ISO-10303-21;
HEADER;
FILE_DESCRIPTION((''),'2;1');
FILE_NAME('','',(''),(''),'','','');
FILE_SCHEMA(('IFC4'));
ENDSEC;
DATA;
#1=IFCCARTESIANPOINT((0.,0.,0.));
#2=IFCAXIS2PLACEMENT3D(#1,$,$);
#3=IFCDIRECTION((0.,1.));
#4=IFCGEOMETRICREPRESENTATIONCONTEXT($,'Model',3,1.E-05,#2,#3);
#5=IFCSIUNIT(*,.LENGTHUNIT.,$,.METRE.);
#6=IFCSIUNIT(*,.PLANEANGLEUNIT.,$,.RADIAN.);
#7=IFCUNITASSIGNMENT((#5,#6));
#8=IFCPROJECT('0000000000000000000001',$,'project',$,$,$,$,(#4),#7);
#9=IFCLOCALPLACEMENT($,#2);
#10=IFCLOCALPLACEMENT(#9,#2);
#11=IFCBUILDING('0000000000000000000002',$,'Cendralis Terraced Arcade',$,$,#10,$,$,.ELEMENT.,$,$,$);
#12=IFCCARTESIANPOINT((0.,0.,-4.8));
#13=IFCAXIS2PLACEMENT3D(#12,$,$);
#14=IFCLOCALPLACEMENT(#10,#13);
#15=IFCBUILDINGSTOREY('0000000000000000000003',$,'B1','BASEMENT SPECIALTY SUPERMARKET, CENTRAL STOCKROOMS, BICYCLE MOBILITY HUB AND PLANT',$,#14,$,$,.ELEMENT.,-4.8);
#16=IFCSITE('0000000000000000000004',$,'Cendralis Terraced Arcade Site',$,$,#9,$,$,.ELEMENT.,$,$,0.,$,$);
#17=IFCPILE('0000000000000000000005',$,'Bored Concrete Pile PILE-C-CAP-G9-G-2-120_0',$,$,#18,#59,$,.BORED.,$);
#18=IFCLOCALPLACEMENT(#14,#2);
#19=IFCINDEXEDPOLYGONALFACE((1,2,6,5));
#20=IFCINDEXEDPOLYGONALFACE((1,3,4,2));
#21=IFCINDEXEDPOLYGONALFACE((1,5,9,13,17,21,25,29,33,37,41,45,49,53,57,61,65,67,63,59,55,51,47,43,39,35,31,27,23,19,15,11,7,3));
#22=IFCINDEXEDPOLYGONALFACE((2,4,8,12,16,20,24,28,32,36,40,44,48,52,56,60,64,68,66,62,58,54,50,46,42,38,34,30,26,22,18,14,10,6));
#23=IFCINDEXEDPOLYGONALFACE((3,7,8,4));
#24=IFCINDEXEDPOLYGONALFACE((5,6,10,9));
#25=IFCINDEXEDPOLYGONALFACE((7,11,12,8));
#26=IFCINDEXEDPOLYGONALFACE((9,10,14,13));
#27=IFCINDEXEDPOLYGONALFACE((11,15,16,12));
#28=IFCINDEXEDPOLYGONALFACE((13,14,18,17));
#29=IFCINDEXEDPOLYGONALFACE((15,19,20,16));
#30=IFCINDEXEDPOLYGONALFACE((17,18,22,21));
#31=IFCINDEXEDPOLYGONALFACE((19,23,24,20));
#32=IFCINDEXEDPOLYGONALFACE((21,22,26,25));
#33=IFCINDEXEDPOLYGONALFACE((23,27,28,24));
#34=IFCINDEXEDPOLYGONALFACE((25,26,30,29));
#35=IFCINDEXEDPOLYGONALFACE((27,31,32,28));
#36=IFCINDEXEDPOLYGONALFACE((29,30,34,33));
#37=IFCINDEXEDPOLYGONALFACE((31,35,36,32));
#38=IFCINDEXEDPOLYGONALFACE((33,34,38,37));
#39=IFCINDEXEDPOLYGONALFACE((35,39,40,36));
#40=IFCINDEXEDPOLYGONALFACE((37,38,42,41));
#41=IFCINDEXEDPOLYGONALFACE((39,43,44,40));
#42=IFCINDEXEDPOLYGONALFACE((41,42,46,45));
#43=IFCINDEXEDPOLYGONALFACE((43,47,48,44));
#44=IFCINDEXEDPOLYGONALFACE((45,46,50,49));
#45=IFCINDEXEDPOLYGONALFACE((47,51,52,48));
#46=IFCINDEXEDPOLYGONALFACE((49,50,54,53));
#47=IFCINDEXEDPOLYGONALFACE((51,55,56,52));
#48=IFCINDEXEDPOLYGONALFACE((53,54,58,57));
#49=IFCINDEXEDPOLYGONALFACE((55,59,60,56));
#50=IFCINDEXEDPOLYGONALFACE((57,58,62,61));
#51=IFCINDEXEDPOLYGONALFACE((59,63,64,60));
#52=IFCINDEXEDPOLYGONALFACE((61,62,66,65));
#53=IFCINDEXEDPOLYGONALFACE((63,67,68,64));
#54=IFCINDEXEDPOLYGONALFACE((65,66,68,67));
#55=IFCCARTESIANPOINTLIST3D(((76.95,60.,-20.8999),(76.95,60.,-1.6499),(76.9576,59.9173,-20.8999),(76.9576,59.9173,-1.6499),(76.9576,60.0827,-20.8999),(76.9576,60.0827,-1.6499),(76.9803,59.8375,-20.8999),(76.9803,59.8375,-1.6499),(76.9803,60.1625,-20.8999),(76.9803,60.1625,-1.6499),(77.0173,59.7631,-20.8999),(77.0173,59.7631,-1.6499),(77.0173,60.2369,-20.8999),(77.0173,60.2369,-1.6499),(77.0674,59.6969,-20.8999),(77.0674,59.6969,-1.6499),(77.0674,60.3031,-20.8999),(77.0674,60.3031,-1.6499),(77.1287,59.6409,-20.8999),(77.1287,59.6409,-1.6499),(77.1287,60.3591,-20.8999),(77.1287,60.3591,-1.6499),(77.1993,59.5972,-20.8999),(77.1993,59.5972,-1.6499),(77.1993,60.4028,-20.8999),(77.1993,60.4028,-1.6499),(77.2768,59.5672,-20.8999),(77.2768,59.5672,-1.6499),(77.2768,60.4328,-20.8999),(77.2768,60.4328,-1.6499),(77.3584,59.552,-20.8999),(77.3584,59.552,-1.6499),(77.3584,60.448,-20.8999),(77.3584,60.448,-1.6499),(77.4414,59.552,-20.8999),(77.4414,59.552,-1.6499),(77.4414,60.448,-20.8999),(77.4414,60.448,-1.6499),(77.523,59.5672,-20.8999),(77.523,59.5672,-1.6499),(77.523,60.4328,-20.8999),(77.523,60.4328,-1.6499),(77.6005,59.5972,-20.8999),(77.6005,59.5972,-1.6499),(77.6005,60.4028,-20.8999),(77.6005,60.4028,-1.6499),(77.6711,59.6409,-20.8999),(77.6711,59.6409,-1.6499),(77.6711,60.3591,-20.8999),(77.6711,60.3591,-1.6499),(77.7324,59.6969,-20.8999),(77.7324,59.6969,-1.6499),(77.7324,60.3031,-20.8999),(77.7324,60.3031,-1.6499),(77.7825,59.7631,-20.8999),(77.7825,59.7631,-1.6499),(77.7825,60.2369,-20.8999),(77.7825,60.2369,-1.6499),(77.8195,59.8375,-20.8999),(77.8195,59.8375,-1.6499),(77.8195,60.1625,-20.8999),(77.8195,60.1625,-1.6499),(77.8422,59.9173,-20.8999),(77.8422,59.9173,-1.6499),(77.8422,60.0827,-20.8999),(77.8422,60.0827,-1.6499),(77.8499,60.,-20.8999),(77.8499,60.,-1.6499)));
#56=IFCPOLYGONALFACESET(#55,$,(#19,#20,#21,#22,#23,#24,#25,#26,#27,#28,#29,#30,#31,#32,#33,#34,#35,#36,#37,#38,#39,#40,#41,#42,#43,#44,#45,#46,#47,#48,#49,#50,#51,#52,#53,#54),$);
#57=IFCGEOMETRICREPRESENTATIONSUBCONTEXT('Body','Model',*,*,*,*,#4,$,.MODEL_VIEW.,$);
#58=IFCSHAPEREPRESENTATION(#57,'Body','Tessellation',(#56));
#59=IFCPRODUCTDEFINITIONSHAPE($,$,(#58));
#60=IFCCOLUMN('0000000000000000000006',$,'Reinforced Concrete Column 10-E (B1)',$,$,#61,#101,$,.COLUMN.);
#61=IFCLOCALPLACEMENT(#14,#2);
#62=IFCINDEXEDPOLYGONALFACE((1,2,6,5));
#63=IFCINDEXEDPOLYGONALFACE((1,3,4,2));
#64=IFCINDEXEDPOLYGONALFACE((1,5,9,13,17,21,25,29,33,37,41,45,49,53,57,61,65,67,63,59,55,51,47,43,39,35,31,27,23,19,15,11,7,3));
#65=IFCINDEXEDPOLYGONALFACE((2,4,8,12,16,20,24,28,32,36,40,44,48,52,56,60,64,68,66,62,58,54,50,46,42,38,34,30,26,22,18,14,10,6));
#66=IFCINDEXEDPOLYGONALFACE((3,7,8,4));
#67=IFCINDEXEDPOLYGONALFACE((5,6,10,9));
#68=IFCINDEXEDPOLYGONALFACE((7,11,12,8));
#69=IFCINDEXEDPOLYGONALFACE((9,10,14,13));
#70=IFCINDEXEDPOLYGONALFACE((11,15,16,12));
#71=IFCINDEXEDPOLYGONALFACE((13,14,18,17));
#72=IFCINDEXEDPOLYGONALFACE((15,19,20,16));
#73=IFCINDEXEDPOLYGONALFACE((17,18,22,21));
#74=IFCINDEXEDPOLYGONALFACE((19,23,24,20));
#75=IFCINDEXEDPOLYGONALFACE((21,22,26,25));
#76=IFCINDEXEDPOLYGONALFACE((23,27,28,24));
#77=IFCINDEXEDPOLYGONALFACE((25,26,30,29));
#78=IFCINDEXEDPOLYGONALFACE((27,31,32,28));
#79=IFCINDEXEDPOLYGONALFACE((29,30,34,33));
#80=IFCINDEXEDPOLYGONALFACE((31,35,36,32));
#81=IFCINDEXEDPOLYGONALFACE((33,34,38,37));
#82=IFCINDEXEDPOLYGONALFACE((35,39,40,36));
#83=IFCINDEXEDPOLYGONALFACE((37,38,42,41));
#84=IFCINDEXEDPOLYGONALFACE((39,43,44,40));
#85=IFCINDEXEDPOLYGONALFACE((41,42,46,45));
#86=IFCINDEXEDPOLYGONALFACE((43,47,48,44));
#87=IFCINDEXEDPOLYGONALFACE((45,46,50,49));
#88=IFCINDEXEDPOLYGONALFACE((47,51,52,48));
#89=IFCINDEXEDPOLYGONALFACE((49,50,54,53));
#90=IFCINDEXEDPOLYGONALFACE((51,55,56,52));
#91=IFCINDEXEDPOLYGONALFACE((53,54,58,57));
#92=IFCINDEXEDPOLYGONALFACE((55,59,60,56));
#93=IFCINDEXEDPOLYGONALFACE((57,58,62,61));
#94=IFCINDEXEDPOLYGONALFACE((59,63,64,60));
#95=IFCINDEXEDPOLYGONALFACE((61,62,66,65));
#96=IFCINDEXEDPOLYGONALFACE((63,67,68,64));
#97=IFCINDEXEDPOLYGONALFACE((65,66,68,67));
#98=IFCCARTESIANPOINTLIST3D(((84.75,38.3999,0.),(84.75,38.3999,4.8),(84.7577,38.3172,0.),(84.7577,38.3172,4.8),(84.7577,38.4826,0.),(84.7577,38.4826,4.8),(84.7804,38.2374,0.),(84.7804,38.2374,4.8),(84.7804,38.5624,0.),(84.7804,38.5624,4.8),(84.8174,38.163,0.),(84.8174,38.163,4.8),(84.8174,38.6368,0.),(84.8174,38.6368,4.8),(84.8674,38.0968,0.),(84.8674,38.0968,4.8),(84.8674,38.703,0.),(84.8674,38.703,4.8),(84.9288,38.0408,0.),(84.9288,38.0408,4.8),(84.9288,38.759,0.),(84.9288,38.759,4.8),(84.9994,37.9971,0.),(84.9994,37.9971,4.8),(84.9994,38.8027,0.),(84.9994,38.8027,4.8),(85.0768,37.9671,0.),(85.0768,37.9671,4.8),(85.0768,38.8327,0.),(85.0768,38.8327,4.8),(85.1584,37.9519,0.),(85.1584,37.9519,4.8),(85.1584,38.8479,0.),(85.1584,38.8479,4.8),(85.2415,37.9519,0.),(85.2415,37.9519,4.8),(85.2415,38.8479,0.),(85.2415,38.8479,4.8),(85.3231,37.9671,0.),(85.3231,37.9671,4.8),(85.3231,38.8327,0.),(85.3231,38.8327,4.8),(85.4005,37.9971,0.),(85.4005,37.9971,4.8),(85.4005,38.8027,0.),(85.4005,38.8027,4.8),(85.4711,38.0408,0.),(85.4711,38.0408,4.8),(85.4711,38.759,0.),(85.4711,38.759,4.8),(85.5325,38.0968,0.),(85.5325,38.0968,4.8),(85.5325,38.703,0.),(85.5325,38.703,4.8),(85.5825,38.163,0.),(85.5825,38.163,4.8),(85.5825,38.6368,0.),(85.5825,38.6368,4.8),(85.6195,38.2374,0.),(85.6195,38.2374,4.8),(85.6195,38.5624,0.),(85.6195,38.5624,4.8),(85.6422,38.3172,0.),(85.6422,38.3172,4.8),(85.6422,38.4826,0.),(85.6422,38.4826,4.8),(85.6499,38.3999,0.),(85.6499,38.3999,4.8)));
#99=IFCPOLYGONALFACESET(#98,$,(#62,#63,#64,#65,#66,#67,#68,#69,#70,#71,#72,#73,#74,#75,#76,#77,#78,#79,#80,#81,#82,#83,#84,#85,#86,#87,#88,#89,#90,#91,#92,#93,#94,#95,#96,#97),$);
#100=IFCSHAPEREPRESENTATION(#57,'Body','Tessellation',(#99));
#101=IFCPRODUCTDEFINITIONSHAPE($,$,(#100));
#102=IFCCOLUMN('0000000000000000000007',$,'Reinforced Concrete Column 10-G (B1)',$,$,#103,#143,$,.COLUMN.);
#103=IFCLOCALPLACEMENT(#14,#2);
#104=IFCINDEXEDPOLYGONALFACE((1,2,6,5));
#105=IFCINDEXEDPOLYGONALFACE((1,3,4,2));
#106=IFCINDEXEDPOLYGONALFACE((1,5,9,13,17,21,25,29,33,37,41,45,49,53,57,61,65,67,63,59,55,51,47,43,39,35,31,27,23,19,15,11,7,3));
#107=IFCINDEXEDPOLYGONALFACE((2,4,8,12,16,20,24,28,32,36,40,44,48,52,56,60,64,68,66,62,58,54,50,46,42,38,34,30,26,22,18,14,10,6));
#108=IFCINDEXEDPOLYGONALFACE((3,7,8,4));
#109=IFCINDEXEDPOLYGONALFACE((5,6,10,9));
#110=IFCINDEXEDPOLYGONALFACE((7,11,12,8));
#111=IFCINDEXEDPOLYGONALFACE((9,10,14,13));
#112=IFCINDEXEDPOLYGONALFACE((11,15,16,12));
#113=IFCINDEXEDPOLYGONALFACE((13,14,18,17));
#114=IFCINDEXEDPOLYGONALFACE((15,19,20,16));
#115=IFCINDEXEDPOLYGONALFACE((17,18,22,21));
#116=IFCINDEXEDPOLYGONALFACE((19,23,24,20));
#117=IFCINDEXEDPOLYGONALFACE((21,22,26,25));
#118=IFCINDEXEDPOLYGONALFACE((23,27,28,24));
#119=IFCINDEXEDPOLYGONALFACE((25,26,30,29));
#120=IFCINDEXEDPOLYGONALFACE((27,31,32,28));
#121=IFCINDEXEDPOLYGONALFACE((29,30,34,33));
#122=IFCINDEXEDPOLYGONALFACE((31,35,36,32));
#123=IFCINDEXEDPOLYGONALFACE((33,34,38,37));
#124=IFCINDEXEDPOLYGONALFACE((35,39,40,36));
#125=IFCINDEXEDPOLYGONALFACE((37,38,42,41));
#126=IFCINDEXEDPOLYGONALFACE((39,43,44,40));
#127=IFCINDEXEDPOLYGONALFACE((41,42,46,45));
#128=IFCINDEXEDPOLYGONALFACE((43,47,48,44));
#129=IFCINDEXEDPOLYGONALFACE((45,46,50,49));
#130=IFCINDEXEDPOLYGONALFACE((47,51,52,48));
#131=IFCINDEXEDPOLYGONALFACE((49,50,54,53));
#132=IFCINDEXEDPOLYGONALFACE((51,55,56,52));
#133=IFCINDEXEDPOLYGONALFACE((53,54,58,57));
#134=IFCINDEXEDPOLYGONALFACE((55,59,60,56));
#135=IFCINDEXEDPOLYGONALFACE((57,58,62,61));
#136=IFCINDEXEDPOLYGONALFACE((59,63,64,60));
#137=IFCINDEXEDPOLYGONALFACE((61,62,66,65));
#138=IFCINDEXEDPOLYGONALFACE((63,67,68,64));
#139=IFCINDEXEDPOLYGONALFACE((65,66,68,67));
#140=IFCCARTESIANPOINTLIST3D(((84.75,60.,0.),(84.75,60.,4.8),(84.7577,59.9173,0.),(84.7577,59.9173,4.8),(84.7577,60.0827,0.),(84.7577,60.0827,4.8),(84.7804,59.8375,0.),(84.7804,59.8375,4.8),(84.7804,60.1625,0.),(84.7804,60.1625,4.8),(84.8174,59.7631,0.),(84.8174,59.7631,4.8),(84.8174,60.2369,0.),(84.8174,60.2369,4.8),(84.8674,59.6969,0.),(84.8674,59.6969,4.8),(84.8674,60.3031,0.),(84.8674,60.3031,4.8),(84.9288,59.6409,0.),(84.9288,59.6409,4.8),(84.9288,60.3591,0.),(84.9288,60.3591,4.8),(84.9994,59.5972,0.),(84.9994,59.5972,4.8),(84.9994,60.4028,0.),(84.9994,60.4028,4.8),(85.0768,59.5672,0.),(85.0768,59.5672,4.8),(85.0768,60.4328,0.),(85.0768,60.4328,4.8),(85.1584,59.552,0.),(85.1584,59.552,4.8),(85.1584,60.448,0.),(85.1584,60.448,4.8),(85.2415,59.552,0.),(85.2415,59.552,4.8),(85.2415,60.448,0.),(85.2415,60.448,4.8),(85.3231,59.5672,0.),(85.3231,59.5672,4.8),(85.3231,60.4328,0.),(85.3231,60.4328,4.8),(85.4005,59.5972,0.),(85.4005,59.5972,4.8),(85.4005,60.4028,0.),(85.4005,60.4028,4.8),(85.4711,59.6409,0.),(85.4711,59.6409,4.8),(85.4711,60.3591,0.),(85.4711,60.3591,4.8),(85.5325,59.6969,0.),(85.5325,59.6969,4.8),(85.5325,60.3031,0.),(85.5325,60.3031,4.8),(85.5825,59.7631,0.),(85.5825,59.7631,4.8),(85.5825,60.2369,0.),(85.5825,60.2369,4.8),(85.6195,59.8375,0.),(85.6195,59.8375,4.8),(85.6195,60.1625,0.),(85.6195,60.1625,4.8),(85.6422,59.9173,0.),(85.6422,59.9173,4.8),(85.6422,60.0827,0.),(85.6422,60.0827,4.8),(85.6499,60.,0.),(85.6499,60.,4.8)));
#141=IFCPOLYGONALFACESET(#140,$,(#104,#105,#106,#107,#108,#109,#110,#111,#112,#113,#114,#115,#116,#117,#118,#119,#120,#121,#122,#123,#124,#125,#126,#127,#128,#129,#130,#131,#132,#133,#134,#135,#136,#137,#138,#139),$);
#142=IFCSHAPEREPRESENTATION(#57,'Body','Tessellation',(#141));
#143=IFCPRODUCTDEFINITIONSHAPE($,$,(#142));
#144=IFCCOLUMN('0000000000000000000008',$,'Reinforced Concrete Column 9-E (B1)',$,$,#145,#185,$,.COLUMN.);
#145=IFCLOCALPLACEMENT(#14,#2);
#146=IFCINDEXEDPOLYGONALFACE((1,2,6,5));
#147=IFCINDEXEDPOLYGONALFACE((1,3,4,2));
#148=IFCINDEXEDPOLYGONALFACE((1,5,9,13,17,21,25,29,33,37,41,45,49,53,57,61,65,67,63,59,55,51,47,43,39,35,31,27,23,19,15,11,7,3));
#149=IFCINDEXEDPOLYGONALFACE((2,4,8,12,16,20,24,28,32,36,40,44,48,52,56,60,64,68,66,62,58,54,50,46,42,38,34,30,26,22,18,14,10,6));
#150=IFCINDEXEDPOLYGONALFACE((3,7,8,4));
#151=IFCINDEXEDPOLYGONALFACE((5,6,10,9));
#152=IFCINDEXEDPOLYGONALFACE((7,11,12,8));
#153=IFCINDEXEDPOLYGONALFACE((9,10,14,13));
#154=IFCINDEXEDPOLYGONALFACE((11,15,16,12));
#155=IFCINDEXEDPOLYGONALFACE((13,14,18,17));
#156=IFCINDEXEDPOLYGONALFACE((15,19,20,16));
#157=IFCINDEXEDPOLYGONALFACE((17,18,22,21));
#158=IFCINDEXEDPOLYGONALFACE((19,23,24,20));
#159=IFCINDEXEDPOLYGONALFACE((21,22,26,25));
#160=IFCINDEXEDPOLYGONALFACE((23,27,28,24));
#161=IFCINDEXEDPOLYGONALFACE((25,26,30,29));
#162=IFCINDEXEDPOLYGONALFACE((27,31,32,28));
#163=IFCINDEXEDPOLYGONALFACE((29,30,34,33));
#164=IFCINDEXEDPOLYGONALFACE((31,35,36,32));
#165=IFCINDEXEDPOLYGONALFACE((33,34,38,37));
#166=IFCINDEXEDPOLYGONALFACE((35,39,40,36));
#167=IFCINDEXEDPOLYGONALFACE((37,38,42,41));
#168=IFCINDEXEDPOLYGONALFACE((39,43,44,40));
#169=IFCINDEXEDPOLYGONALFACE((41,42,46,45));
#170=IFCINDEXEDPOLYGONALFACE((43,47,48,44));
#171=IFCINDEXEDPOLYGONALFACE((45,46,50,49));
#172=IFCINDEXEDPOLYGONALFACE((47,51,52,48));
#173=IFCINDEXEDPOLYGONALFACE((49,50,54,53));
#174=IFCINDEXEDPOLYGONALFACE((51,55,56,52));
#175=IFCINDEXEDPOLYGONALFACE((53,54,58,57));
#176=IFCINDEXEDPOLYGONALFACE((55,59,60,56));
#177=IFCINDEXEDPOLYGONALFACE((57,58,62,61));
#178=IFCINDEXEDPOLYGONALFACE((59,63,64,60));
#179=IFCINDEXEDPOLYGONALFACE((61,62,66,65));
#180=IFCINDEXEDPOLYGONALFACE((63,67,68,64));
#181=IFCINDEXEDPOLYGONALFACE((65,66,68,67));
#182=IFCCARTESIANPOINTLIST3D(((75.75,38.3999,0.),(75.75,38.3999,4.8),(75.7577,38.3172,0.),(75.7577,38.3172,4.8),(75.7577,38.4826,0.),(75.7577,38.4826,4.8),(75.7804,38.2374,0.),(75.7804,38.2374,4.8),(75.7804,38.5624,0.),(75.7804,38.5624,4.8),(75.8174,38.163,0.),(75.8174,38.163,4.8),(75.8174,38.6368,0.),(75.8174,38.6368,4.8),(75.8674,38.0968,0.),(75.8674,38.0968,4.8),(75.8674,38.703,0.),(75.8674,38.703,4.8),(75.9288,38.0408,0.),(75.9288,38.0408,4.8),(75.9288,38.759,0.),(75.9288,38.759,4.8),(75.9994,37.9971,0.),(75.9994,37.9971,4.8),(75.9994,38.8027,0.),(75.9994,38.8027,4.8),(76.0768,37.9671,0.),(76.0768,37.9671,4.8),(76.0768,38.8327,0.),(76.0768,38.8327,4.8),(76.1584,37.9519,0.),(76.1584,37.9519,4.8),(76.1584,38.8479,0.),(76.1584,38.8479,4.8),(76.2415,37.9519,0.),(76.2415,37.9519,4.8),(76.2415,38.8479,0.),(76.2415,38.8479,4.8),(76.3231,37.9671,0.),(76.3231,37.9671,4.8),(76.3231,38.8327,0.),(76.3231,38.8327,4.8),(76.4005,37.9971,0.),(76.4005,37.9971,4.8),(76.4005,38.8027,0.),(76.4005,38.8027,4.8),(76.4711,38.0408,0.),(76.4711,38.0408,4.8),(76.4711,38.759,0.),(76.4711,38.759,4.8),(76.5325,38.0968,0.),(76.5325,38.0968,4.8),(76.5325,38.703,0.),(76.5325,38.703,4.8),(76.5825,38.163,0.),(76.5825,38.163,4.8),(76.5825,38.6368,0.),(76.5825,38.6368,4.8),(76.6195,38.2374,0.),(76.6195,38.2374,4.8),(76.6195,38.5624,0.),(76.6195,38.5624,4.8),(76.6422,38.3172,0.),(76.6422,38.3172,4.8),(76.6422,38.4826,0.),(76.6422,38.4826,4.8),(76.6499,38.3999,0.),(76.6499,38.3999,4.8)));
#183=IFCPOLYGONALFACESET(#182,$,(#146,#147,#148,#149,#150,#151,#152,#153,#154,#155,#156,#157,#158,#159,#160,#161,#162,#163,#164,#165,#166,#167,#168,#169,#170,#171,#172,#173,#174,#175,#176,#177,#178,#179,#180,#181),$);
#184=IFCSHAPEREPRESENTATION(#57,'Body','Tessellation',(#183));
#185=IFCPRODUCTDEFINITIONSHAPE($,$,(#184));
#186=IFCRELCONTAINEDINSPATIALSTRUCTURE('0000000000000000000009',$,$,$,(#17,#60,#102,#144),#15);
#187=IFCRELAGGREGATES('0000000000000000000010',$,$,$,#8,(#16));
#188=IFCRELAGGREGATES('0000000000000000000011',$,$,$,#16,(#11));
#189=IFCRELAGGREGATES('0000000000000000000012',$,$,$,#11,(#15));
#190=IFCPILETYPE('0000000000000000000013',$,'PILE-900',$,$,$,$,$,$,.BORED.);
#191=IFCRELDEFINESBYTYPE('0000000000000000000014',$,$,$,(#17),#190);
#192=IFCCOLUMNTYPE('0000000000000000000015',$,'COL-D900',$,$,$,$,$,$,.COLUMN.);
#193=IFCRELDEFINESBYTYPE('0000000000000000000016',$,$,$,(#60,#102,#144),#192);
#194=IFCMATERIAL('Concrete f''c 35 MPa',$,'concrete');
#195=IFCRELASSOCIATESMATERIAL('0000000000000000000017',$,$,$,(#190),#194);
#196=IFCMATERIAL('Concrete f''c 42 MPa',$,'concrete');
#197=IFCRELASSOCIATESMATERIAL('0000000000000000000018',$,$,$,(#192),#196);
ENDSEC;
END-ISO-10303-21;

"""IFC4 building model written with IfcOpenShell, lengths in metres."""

from ifc_helpers import new_model, si_unit, direction, frame, origin, origin_2d, place, context, subcontext, project, spatial, circle, extrude, material, material_profile, profile_set, type_object, element, save


model = new_model("IFC4")

# Units and contexts
model_context = context("Model", 3, precision=1e-05, world=origin(), true_north=direction((0.0, 1.0)))
body_context = subcontext(model_context, "Body", "Model", "MODEL_VIEW")
ifc_project = project(units=[si_unit("LENGTHUNIT", "METRE"), si_unit("PLANEANGLEUNIT", "RADIAN")], contexts=[model_context])

# Site, building, storey
site_placement = place(None, origin())
site = spatial("IfcSite", under=ifc_project, at=site_placement, Name="Cendralis Terraced Arcade Site", CompositionType="ELEMENT", RefElevation=0.0)
building_placement = place(site_placement, origin())
building = spatial("IfcBuilding", under=site, at=building_placement, Name="Cendralis Terraced Arcade", CompositionType="ELEMENT")
storey_placement = place(building_placement, frame((0.0, 0.0, -4.8)))
storey = spatial("IfcBuildingStorey", under=building, at=storey_placement, Name="B1", Description="BASEMENT SPECIALTY SUPERMARKET, CENTRAL STOCKROOMS, BICYCLE MOBILITY HUB AND PLANT", CompositionType="ELEMENT", Elevation=-4.8)

# Shared definitions
ifc_material_1 = material(Name="Concrete f'c 35 MPa", Category="concrete")

# Pile
ifc_material_profile_1 = material_profile(ifc_material_1, circle(Radius=0.45, at=origin_2d()), Name="PILE-D900", Category="LoadBearing")
ifc_profile_set_1 = profile_set([ifc_material_profile_1], Name="Concrete f'c 35 MPa")
pile_type_1 = type_object("IfcPileType", Name="PILE-900", PredefinedType="BORED", material=ifc_profile_set_1)
for number, where, z_axis, x_axis, name in (
    (1, (77.3999, 60.0, -1.6499), (0.0, 0.0, -1.0), (1.0, 0.0, 0.0), "Bored Concrete Pile PILE-C-CAP-G9-G-2-120_0"),
):
    element("IfcPile", number, at=place(storey_placement, frame(where, z_axis=z_axis, x_axis=x_axis)), inside=storey, type_object=pile_type_1, Name=name, PredefinedType="BORED", context=body_context, shape_type="SweptSolid", body=[
        extrude(circle(Radius=0.45, at=origin_2d()), origin(), (0.0, 0.0, 1.0), 19.25),
    ])

# Columns
ifc_material_2 = material(Name="Concrete f'c 42 MPa", Category="concrete")
ifc_material_profile_2 = material_profile(ifc_material_2, circle(Radius=0.45, at=origin_2d()), Name="RC-COL-D900", Category="LoadBearing")
ifc_profile_set_2 = profile_set([ifc_material_profile_2], Name="Concrete f'c 42 MPa")
column_type = type_object("IfcColumnType", Name="COL-D900", PredefinedType="COLUMN", material=ifc_profile_set_2)
for number, where, z_axis, x_axis, name in (
    (2, (85.2, 38.3999, 0.0), (0.0, 0.0, 1.0), (1.0, 0.0, 0.0), "Reinforced Concrete Column 10-E (B1)"),
    (3, (85.2, 60.0, 0.0), (0.0, 0.0, 1.0), (1.0, 0.0, 0.0), "Reinforced Concrete Column 10-G (B1)"),
    (4, (76.2, 38.3999, 0.0), (0.0, 0.0, 1.0), (1.0, 0.0, 0.0), "Reinforced Concrete Column 9-E (B1)"),
):
    element("IfcColumn", number, at=place(storey_placement, frame(where, z_axis=z_axis, x_axis=x_axis)), inside=storey, type_object=column_type, Name=name, PredefinedType="COLUMN", context=body_context, shape_type="SweptSolid", body=[
        extrude(circle(Radius=0.45, at=origin_2d()), origin(), (0.0, 0.0, 1.0), 4.8),
    ])

save(model, "model.ifc")
